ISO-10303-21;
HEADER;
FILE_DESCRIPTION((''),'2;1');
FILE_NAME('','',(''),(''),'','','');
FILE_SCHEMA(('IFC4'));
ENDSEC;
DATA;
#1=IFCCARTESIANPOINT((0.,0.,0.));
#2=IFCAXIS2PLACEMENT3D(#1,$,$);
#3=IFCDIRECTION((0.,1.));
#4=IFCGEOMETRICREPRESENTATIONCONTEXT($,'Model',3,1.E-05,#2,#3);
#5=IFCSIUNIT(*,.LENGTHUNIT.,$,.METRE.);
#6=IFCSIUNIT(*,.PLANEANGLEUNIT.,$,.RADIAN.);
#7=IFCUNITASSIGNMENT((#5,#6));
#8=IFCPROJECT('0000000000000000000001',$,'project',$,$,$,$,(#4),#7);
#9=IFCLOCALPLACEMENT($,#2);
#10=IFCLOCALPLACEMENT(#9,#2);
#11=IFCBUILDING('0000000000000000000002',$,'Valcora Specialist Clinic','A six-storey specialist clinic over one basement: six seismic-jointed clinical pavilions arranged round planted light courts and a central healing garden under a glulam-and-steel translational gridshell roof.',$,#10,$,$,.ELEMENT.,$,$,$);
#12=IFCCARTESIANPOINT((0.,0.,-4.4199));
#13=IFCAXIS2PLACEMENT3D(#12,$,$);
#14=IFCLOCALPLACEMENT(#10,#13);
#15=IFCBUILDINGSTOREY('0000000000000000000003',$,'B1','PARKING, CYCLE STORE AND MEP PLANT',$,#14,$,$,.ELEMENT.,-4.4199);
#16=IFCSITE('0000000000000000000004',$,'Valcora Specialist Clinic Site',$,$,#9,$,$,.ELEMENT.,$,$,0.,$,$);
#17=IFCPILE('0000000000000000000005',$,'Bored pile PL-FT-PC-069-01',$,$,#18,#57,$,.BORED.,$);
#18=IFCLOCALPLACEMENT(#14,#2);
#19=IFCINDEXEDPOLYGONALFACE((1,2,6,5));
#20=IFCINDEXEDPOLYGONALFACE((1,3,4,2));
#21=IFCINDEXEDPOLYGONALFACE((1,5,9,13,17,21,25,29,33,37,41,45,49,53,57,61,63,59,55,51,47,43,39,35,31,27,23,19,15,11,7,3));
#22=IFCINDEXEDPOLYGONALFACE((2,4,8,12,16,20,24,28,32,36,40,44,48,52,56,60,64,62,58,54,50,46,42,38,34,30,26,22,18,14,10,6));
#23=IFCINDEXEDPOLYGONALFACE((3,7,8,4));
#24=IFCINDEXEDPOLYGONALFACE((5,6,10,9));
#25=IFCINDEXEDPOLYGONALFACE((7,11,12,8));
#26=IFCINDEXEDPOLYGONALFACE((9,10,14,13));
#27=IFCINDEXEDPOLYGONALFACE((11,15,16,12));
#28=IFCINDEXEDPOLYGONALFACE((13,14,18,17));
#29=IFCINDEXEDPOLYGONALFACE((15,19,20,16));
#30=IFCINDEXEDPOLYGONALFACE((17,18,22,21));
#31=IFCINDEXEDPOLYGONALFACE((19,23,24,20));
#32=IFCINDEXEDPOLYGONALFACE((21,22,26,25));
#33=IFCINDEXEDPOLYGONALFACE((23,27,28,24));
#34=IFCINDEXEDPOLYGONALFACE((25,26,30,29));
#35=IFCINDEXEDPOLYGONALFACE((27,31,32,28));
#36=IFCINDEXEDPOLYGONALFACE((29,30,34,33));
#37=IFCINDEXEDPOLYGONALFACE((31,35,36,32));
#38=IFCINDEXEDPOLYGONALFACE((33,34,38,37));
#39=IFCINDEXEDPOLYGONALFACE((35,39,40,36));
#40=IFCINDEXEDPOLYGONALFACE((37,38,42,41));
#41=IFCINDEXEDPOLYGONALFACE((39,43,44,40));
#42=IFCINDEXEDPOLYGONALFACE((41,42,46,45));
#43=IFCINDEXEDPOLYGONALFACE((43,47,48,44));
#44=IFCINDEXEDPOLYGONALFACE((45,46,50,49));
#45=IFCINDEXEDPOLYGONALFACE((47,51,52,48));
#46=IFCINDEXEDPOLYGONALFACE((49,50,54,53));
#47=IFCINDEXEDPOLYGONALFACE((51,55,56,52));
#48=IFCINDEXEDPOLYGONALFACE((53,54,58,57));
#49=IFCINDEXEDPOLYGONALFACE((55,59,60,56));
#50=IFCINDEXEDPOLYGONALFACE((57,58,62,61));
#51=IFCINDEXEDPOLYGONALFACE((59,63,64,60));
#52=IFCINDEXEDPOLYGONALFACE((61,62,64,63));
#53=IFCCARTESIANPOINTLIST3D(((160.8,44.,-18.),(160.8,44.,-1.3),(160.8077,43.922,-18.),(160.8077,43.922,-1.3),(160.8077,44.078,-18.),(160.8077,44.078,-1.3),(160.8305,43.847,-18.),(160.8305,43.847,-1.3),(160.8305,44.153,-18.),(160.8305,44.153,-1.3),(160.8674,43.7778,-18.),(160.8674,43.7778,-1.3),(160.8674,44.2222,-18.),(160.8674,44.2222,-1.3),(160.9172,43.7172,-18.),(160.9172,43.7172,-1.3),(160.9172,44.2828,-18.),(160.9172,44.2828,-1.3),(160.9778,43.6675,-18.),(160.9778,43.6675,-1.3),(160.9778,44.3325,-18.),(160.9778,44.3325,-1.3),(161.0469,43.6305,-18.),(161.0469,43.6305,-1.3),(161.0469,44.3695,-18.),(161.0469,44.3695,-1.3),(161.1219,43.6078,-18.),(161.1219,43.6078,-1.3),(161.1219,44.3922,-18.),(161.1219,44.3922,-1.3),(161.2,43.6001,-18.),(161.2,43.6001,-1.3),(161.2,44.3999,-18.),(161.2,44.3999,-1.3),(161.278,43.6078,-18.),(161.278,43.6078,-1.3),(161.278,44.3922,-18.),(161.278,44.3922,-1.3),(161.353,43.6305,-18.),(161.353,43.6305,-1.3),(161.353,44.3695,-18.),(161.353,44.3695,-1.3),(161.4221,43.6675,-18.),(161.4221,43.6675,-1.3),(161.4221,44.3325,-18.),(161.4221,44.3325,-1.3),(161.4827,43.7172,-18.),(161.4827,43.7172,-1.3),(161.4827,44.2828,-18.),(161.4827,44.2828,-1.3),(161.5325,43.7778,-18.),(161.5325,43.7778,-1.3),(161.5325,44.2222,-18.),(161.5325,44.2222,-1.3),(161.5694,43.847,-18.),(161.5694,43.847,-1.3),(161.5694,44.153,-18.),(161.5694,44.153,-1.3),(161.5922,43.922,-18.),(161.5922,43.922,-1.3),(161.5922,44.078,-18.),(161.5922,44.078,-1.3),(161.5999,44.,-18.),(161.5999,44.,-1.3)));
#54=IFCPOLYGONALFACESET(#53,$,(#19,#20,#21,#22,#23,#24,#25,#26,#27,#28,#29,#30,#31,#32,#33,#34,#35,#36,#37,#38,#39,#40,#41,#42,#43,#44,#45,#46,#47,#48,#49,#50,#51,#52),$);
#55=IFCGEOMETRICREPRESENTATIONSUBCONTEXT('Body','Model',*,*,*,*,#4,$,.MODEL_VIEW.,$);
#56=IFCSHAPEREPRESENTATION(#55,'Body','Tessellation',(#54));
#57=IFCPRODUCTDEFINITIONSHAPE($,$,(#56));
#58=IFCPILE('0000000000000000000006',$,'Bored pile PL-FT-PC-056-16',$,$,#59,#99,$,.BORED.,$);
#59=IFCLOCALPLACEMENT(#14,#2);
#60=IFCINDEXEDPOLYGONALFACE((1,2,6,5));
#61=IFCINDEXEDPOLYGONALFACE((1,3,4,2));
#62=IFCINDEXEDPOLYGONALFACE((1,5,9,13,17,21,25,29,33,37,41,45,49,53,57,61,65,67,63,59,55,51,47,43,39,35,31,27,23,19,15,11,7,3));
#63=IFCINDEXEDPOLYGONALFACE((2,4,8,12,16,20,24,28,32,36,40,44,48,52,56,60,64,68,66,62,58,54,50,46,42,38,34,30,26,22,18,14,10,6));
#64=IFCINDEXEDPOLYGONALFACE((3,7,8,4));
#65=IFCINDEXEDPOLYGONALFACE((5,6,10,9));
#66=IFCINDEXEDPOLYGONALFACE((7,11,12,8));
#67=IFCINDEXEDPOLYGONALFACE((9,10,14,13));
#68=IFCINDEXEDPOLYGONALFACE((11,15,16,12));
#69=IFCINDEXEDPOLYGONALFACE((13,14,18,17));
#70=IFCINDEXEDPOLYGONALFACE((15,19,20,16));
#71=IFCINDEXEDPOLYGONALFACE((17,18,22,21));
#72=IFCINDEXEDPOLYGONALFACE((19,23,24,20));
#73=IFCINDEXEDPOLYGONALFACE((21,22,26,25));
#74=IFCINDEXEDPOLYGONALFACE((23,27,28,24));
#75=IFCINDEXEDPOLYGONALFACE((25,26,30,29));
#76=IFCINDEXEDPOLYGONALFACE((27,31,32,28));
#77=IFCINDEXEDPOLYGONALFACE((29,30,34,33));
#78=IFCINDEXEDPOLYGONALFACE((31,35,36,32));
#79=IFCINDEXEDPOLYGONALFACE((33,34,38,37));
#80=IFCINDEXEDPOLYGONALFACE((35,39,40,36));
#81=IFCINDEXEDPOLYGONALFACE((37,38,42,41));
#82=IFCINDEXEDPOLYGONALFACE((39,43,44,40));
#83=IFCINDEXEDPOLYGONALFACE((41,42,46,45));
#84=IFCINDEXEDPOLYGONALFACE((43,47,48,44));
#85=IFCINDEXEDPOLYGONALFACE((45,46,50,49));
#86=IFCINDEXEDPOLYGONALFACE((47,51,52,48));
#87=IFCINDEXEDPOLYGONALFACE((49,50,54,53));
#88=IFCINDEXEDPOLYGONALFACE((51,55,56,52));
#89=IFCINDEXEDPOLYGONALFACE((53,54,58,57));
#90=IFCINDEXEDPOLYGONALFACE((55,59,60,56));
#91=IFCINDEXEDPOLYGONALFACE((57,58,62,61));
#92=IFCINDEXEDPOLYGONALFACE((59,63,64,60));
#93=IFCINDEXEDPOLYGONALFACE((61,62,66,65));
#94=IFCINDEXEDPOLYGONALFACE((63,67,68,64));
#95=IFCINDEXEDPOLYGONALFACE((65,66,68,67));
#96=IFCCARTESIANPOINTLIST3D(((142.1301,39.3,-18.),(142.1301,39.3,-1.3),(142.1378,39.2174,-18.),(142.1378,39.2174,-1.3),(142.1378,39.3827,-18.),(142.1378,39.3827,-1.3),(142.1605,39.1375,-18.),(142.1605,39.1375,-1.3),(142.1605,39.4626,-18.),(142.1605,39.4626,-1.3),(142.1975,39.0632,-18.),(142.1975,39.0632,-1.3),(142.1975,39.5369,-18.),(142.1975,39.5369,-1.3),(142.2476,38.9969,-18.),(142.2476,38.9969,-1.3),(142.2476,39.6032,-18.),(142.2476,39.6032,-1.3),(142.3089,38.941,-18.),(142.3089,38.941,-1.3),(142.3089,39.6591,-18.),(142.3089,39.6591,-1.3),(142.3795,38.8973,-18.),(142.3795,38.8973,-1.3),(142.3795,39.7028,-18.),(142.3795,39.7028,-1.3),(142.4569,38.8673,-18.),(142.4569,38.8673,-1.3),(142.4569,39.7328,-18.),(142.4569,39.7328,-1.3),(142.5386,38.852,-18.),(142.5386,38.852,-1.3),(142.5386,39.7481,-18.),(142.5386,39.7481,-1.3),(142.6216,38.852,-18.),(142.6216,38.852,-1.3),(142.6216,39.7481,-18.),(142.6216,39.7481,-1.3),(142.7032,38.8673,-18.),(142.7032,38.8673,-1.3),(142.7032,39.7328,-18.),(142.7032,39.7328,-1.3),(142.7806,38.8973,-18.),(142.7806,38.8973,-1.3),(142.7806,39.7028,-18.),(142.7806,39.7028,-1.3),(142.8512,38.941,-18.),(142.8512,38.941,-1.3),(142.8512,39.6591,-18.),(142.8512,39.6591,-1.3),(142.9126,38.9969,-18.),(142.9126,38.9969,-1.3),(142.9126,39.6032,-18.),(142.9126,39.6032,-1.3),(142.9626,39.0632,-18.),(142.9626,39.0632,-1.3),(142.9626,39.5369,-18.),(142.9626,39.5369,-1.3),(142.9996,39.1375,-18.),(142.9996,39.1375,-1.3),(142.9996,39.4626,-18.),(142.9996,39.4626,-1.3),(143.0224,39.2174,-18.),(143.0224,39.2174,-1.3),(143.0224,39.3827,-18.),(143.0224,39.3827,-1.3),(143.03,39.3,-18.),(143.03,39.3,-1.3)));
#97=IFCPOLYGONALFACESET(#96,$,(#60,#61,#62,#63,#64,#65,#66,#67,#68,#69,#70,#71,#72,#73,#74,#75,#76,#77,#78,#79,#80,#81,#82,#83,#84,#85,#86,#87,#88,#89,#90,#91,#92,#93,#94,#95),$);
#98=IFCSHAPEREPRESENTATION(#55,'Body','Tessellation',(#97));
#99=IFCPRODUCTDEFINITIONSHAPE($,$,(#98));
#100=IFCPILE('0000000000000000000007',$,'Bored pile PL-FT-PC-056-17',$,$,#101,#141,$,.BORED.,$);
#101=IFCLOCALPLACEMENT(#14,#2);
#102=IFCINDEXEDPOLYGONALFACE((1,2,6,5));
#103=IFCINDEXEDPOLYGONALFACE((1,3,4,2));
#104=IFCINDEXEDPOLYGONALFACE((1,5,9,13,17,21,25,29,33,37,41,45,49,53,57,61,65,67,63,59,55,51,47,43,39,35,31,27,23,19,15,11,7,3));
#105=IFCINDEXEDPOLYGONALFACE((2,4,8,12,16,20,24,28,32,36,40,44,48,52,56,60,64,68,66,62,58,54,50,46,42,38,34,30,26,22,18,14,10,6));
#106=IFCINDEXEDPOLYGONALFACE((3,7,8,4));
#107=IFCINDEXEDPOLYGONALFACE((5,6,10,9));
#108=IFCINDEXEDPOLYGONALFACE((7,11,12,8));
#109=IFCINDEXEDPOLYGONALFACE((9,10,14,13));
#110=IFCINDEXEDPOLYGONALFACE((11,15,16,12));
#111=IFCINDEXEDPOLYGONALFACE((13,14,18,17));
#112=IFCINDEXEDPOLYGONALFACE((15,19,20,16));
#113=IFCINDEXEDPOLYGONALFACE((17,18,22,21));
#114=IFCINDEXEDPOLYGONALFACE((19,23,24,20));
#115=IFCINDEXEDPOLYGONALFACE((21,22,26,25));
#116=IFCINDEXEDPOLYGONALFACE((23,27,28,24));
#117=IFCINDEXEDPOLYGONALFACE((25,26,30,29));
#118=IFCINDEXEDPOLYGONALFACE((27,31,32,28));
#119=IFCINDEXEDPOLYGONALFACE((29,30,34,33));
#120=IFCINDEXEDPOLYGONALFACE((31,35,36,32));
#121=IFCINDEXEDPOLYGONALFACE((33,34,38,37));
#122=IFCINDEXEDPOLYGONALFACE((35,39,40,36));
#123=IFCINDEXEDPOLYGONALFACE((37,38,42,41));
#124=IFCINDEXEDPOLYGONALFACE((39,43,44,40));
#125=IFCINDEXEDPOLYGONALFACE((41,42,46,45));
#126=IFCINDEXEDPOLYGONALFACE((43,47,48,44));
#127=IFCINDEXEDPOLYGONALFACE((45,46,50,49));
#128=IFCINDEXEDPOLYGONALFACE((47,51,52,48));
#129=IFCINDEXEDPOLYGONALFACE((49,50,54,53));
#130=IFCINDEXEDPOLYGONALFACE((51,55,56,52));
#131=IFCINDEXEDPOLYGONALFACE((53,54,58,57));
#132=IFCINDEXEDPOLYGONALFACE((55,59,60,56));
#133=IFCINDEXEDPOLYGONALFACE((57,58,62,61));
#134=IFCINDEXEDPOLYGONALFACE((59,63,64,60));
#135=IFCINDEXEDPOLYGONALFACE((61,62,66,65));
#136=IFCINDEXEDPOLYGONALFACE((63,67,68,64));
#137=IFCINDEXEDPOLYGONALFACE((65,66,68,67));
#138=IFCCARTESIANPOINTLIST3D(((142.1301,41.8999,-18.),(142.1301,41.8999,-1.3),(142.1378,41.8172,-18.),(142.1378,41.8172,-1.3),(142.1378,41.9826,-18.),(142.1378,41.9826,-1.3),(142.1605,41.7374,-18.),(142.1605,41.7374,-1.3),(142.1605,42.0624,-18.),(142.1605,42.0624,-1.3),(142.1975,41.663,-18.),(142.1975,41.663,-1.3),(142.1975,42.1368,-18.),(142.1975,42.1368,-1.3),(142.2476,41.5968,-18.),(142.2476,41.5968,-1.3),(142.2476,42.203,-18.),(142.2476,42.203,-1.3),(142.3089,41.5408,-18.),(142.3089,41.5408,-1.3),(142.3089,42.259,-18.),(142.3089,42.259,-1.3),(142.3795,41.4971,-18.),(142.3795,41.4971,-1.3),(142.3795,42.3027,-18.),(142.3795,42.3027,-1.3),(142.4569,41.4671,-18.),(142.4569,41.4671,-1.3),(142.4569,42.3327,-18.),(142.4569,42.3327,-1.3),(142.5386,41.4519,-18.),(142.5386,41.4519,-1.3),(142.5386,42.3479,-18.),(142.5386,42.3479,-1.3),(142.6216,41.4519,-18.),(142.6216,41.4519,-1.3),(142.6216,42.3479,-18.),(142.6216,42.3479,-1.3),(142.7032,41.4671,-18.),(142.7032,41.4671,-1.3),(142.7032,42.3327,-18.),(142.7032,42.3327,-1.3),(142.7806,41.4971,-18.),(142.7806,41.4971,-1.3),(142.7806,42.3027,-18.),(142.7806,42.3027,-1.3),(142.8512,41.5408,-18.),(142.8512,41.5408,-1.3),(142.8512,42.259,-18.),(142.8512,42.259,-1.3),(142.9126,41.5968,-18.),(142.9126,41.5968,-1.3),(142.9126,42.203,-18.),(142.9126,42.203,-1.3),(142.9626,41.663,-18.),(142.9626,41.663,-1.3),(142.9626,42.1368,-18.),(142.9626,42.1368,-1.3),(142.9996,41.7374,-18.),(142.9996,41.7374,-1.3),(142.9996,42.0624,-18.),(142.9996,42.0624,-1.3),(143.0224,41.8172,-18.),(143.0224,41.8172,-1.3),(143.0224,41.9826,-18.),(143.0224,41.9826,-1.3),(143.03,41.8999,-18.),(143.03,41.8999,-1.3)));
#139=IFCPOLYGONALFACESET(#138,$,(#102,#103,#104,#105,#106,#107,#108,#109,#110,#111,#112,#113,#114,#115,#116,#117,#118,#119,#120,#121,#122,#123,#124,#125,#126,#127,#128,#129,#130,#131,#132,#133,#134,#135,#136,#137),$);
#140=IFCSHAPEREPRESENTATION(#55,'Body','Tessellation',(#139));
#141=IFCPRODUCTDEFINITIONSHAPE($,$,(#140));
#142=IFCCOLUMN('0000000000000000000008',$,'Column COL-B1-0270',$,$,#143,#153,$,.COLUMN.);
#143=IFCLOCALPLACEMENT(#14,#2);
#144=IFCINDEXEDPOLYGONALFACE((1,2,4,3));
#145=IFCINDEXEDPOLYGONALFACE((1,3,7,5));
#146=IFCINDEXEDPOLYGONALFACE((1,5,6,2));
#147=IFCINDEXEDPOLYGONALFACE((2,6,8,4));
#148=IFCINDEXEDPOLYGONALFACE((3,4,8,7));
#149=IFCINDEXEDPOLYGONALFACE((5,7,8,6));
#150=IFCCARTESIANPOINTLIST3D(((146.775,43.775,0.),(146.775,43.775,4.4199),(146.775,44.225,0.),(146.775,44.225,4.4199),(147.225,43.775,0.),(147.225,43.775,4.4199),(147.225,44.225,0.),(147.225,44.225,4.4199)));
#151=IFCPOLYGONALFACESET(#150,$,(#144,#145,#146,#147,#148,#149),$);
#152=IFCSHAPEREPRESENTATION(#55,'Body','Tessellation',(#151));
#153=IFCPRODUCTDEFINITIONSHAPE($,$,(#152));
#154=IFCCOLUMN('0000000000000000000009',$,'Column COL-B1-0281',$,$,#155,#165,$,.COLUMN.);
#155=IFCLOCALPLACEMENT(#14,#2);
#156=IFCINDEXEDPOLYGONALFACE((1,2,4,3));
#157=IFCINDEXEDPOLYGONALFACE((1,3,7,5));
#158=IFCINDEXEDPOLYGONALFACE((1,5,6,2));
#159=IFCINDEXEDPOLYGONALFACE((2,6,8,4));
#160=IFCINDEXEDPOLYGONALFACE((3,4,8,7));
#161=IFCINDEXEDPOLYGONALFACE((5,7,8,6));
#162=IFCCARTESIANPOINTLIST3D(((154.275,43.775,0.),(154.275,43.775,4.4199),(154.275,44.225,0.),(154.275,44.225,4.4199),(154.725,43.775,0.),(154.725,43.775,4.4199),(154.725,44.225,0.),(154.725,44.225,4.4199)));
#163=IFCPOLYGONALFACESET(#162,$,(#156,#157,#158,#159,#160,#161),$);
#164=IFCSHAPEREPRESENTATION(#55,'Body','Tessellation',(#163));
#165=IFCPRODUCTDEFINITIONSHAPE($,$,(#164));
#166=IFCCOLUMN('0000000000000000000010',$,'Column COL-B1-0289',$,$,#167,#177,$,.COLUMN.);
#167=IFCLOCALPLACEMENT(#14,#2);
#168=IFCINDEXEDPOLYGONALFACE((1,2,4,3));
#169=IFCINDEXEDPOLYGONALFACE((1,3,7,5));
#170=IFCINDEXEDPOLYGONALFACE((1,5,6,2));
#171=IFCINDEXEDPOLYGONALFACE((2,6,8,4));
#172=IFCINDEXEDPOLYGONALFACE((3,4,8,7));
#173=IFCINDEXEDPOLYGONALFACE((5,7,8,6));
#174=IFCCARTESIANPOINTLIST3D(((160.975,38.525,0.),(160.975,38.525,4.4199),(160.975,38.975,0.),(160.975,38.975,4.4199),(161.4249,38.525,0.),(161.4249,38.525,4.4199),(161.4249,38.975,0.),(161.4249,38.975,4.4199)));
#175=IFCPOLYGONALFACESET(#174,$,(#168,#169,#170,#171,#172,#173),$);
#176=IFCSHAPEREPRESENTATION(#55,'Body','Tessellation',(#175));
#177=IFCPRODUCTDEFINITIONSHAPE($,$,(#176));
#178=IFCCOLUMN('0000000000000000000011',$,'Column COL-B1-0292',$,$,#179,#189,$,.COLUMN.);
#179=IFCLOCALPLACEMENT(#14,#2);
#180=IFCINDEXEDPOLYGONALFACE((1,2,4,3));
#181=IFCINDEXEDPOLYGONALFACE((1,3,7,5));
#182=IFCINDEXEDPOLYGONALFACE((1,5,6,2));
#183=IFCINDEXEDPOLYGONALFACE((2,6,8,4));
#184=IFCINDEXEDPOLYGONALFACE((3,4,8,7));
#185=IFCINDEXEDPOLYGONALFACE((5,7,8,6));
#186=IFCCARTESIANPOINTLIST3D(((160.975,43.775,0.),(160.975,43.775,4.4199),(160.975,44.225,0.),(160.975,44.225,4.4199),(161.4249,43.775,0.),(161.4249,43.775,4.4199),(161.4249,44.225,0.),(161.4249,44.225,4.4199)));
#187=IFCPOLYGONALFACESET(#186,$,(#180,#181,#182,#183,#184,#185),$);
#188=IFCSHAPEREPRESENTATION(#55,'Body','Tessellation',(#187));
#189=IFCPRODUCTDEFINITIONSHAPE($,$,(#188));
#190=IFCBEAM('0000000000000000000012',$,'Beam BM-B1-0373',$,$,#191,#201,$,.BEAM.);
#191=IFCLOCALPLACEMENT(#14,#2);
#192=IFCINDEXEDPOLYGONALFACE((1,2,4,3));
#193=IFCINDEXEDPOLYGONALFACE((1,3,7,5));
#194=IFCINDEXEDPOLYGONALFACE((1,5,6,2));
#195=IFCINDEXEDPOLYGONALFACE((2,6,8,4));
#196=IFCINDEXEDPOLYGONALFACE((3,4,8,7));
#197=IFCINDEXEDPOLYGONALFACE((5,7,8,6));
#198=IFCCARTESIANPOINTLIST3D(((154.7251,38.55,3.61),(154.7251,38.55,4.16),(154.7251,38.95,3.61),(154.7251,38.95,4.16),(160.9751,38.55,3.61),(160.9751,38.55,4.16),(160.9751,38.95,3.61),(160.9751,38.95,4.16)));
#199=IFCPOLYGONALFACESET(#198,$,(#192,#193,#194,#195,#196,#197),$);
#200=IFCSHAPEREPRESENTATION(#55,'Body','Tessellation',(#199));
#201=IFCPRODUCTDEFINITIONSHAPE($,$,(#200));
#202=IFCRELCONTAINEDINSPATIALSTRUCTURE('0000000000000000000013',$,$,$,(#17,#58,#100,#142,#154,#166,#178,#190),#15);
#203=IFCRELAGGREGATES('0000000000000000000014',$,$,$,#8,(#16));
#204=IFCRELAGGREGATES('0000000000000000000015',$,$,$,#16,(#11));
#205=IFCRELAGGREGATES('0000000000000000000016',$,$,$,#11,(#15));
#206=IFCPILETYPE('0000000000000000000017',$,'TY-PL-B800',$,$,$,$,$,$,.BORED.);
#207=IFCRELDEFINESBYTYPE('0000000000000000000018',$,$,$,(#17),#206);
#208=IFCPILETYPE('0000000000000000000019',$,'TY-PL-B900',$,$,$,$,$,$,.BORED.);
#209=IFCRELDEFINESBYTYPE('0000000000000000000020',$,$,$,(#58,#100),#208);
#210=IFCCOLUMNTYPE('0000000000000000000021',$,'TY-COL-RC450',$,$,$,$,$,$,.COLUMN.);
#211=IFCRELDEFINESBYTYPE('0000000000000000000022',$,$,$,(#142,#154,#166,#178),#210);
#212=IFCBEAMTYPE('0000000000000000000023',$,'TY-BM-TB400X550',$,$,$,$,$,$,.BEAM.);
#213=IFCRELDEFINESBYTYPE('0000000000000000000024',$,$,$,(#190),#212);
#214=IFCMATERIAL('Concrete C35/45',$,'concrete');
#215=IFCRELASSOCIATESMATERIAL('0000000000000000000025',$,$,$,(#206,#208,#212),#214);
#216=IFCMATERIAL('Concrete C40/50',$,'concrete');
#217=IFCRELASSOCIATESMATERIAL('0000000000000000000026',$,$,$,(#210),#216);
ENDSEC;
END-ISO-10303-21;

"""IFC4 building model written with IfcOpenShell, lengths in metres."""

from ifc_helpers import new_model, si_unit, direction, frame, origin, origin_2d, place, context, subcontext, project, spatial, rectangle, circle, extrude, material, material_profile, profile_set, type_object, element, save


model = new_model("IFC4")

# Units and contexts
model_context = context("Model", 3, precision=1e-05, world=origin(), true_north=direction((0.0, 1.0)))
body_context = subcontext(model_context, "Body", "Model", "MODEL_VIEW")
ifc_project = project(units=[si_unit("LENGTHUNIT", "METRE"), si_unit("PLANEANGLEUNIT", "RADIAN")], contexts=[model_context])

# Site, building, storey
site_placement = place(None, origin())
site = spatial("IfcSite", under=ifc_project, at=site_placement, Name="Valcora Specialist Clinic Site", CompositionType="ELEMENT", RefElevation=0.0)
building_placement = place(site_placement, origin())
building = spatial("IfcBuilding", under=site, at=building_placement, Name="Valcora Specialist Clinic", Description="A six-storey specialist clinic over one basement: six seismic-jointed clinical pavilions arranged round planted light courts and a central healing garden under a glulam-and-steel translational gridshell roof.", CompositionType="ELEMENT")
storey_placement = place(building_placement, frame((0.0, 0.0, -4.4199)))
storey = spatial("IfcBuildingStorey", under=building, at=storey_placement, Name="B1", Description="PARKING, CYCLE STORE AND MEP PLANT", CompositionType="ELEMENT", Elevation=-4.4199)

# Shared definitions
ifc_material_1 = material(Name="Concrete C35/45", Category="concrete")

# Piles
ifc_material_profile_1 = material_profile(ifc_material_1, circle(Radius=0.3999, at=origin_2d()), Name="RC-PIL-D800")
ifc_profile_set_1 = profile_set([ifc_material_profile_1], Name="Concrete C35/45")
pile_type_1 = type_object("IfcPileType", Name="TY-PL-B800", PredefinedType="BORED", material=ifc_profile_set_1)
for number, where, z_axis, x_axis, name in (
    (1, (161.2, 44.0, -1.3), (0.0, 0.0, -1.0), (1.0, 0.0, 0.0), "Bored pile PL-FT-PC-069-01"),
):
    element("IfcPile", number, at=place(storey_placement, frame(where, z_axis=z_axis, x_axis=x_axis)), inside=storey, type_object=pile_type_1, Name=name, PredefinedType="BORED", context=body_context, shape_type="SweptSolid", body=[
        extrude(circle(Radius=0.3999, at=origin_2d()), origin(), (0.0, 0.0, 1.0), 16.7),
    ])
ifc_material_profile_2 = material_profile(ifc_material_1, circle(Radius=0.45, at=origin_2d()), Name="RC-PIL-D900")
ifc_profile_set_2 = profile_set([ifc_material_profile_2], Name="Concrete C35/45")
pile_type_2 = type_object("IfcPileType", Name="TY-PL-B900", PredefinedType="BORED", material=ifc_profile_set_2)
for number, where, z_axis, x_axis, name in (
    (2, (142.5801, 39.3, -1.3), (0.0, 0.0, -1.0), (1.0, 0.0, 0.0), "Bored pile PL-FT-PC-056-16"),
    (3, (142.5801, 41.8999, -1.3), (0.0, 0.0, -1.0), (1.0, 0.0, 0.0), "Bored pile PL-FT-PC-056-17"),
):
    element("IfcPile", number, at=place(storey_placement, frame(where, z_axis=z_axis, x_axis=x_axis)), inside=storey, type_object=pile_type_2, Name=name, PredefinedType="BORED", context=body_context, shape_type="SweptSolid", body=[
        extrude(circle(Radius=0.45, at=origin_2d()), origin(), (0.0, 0.0, 1.0), 16.7),
    ])

# Columns
ifc_material_2 = material(Name="Concrete C40/50", Category="concrete")
ifc_material_profile_3 = material_profile(ifc_material_2, rectangle(XDim=0.45, YDim=0.45, at=origin_2d()), Name="RC-COL-450X450")
ifc_profile_set_3 = profile_set([ifc_material_profile_3], Name="Concrete C40/50")
column_type = type_object("IfcColumnType", Name="TY-COL-RC450", PredefinedType="COLUMN", material=ifc_profile_set_3)
for number, where, z_axis, x_axis, name in (
    (4, (147.0, 44.0, 0.0), (0.0, 0.0, 1.0), (1.0, 0.0, 0.0), "Column COL-B1-0270"),
    (5, (154.5, 44.0, 0.0), (0.0, 0.0, 1.0), (1.0, 0.0, 0.0), "Column COL-B1-0281"),
    (6, (161.2, 38.75, 0.0), (0.0, 0.0, 1.0), (1.0, 0.0, 0.0), "Column COL-B1-0289"),
    (7, (161.2, 44.0, 0.0), (0.0, 0.0, 1.0), (1.0, 0.0, 0.0), "Column COL-B1-0292"),
):
    element("IfcColumn", number, at=place(storey_placement, frame(where, z_axis=z_axis, x_axis=x_axis)), inside=storey, type_object=column_type, Name=name, PredefinedType="COLUMN", context=body_context, shape_type="SweptSolid", body=[
        extrude(rectangle(XDim=0.45, YDim=0.45, at=origin_2d()), origin(), (0.0, 0.0, 1.0), 4.4199),
    ])

# Beam
ifc_material_profile_4 = material_profile(ifc_material_1, rectangle(XDim=0.3999, YDim=0.55, at=origin_2d()), Name="RC-TB-400X550")
ifc_profile_set_4 = profile_set([ifc_material_profile_4], Name="Concrete C35/45")
beam_type = type_object("IfcBeamType", Name="TY-BM-TB400X550", PredefinedType="BEAM", material=ifc_profile_set_4)
beam_1_placement = place(storey_placement, frame((154.7251, 38.75, 3.885), z_axis=(1.0, 0.0, 0.0), x_axis=(0.0, 1.0, 0.0)))
element("IfcBeam", 8, at=beam_1_placement, inside=storey, type_object=beam_type, Name="Beam BM-B1-0373", PredefinedType="BEAM", context=body_context, shape_type="SweptSolid", body=[
    extrude(rectangle(XDim=0.3999, YDim=0.55, at=origin_2d()), origin(), (0.0, 0.0, 1.0), 6.25),
])

save(model, "model.ifc")
